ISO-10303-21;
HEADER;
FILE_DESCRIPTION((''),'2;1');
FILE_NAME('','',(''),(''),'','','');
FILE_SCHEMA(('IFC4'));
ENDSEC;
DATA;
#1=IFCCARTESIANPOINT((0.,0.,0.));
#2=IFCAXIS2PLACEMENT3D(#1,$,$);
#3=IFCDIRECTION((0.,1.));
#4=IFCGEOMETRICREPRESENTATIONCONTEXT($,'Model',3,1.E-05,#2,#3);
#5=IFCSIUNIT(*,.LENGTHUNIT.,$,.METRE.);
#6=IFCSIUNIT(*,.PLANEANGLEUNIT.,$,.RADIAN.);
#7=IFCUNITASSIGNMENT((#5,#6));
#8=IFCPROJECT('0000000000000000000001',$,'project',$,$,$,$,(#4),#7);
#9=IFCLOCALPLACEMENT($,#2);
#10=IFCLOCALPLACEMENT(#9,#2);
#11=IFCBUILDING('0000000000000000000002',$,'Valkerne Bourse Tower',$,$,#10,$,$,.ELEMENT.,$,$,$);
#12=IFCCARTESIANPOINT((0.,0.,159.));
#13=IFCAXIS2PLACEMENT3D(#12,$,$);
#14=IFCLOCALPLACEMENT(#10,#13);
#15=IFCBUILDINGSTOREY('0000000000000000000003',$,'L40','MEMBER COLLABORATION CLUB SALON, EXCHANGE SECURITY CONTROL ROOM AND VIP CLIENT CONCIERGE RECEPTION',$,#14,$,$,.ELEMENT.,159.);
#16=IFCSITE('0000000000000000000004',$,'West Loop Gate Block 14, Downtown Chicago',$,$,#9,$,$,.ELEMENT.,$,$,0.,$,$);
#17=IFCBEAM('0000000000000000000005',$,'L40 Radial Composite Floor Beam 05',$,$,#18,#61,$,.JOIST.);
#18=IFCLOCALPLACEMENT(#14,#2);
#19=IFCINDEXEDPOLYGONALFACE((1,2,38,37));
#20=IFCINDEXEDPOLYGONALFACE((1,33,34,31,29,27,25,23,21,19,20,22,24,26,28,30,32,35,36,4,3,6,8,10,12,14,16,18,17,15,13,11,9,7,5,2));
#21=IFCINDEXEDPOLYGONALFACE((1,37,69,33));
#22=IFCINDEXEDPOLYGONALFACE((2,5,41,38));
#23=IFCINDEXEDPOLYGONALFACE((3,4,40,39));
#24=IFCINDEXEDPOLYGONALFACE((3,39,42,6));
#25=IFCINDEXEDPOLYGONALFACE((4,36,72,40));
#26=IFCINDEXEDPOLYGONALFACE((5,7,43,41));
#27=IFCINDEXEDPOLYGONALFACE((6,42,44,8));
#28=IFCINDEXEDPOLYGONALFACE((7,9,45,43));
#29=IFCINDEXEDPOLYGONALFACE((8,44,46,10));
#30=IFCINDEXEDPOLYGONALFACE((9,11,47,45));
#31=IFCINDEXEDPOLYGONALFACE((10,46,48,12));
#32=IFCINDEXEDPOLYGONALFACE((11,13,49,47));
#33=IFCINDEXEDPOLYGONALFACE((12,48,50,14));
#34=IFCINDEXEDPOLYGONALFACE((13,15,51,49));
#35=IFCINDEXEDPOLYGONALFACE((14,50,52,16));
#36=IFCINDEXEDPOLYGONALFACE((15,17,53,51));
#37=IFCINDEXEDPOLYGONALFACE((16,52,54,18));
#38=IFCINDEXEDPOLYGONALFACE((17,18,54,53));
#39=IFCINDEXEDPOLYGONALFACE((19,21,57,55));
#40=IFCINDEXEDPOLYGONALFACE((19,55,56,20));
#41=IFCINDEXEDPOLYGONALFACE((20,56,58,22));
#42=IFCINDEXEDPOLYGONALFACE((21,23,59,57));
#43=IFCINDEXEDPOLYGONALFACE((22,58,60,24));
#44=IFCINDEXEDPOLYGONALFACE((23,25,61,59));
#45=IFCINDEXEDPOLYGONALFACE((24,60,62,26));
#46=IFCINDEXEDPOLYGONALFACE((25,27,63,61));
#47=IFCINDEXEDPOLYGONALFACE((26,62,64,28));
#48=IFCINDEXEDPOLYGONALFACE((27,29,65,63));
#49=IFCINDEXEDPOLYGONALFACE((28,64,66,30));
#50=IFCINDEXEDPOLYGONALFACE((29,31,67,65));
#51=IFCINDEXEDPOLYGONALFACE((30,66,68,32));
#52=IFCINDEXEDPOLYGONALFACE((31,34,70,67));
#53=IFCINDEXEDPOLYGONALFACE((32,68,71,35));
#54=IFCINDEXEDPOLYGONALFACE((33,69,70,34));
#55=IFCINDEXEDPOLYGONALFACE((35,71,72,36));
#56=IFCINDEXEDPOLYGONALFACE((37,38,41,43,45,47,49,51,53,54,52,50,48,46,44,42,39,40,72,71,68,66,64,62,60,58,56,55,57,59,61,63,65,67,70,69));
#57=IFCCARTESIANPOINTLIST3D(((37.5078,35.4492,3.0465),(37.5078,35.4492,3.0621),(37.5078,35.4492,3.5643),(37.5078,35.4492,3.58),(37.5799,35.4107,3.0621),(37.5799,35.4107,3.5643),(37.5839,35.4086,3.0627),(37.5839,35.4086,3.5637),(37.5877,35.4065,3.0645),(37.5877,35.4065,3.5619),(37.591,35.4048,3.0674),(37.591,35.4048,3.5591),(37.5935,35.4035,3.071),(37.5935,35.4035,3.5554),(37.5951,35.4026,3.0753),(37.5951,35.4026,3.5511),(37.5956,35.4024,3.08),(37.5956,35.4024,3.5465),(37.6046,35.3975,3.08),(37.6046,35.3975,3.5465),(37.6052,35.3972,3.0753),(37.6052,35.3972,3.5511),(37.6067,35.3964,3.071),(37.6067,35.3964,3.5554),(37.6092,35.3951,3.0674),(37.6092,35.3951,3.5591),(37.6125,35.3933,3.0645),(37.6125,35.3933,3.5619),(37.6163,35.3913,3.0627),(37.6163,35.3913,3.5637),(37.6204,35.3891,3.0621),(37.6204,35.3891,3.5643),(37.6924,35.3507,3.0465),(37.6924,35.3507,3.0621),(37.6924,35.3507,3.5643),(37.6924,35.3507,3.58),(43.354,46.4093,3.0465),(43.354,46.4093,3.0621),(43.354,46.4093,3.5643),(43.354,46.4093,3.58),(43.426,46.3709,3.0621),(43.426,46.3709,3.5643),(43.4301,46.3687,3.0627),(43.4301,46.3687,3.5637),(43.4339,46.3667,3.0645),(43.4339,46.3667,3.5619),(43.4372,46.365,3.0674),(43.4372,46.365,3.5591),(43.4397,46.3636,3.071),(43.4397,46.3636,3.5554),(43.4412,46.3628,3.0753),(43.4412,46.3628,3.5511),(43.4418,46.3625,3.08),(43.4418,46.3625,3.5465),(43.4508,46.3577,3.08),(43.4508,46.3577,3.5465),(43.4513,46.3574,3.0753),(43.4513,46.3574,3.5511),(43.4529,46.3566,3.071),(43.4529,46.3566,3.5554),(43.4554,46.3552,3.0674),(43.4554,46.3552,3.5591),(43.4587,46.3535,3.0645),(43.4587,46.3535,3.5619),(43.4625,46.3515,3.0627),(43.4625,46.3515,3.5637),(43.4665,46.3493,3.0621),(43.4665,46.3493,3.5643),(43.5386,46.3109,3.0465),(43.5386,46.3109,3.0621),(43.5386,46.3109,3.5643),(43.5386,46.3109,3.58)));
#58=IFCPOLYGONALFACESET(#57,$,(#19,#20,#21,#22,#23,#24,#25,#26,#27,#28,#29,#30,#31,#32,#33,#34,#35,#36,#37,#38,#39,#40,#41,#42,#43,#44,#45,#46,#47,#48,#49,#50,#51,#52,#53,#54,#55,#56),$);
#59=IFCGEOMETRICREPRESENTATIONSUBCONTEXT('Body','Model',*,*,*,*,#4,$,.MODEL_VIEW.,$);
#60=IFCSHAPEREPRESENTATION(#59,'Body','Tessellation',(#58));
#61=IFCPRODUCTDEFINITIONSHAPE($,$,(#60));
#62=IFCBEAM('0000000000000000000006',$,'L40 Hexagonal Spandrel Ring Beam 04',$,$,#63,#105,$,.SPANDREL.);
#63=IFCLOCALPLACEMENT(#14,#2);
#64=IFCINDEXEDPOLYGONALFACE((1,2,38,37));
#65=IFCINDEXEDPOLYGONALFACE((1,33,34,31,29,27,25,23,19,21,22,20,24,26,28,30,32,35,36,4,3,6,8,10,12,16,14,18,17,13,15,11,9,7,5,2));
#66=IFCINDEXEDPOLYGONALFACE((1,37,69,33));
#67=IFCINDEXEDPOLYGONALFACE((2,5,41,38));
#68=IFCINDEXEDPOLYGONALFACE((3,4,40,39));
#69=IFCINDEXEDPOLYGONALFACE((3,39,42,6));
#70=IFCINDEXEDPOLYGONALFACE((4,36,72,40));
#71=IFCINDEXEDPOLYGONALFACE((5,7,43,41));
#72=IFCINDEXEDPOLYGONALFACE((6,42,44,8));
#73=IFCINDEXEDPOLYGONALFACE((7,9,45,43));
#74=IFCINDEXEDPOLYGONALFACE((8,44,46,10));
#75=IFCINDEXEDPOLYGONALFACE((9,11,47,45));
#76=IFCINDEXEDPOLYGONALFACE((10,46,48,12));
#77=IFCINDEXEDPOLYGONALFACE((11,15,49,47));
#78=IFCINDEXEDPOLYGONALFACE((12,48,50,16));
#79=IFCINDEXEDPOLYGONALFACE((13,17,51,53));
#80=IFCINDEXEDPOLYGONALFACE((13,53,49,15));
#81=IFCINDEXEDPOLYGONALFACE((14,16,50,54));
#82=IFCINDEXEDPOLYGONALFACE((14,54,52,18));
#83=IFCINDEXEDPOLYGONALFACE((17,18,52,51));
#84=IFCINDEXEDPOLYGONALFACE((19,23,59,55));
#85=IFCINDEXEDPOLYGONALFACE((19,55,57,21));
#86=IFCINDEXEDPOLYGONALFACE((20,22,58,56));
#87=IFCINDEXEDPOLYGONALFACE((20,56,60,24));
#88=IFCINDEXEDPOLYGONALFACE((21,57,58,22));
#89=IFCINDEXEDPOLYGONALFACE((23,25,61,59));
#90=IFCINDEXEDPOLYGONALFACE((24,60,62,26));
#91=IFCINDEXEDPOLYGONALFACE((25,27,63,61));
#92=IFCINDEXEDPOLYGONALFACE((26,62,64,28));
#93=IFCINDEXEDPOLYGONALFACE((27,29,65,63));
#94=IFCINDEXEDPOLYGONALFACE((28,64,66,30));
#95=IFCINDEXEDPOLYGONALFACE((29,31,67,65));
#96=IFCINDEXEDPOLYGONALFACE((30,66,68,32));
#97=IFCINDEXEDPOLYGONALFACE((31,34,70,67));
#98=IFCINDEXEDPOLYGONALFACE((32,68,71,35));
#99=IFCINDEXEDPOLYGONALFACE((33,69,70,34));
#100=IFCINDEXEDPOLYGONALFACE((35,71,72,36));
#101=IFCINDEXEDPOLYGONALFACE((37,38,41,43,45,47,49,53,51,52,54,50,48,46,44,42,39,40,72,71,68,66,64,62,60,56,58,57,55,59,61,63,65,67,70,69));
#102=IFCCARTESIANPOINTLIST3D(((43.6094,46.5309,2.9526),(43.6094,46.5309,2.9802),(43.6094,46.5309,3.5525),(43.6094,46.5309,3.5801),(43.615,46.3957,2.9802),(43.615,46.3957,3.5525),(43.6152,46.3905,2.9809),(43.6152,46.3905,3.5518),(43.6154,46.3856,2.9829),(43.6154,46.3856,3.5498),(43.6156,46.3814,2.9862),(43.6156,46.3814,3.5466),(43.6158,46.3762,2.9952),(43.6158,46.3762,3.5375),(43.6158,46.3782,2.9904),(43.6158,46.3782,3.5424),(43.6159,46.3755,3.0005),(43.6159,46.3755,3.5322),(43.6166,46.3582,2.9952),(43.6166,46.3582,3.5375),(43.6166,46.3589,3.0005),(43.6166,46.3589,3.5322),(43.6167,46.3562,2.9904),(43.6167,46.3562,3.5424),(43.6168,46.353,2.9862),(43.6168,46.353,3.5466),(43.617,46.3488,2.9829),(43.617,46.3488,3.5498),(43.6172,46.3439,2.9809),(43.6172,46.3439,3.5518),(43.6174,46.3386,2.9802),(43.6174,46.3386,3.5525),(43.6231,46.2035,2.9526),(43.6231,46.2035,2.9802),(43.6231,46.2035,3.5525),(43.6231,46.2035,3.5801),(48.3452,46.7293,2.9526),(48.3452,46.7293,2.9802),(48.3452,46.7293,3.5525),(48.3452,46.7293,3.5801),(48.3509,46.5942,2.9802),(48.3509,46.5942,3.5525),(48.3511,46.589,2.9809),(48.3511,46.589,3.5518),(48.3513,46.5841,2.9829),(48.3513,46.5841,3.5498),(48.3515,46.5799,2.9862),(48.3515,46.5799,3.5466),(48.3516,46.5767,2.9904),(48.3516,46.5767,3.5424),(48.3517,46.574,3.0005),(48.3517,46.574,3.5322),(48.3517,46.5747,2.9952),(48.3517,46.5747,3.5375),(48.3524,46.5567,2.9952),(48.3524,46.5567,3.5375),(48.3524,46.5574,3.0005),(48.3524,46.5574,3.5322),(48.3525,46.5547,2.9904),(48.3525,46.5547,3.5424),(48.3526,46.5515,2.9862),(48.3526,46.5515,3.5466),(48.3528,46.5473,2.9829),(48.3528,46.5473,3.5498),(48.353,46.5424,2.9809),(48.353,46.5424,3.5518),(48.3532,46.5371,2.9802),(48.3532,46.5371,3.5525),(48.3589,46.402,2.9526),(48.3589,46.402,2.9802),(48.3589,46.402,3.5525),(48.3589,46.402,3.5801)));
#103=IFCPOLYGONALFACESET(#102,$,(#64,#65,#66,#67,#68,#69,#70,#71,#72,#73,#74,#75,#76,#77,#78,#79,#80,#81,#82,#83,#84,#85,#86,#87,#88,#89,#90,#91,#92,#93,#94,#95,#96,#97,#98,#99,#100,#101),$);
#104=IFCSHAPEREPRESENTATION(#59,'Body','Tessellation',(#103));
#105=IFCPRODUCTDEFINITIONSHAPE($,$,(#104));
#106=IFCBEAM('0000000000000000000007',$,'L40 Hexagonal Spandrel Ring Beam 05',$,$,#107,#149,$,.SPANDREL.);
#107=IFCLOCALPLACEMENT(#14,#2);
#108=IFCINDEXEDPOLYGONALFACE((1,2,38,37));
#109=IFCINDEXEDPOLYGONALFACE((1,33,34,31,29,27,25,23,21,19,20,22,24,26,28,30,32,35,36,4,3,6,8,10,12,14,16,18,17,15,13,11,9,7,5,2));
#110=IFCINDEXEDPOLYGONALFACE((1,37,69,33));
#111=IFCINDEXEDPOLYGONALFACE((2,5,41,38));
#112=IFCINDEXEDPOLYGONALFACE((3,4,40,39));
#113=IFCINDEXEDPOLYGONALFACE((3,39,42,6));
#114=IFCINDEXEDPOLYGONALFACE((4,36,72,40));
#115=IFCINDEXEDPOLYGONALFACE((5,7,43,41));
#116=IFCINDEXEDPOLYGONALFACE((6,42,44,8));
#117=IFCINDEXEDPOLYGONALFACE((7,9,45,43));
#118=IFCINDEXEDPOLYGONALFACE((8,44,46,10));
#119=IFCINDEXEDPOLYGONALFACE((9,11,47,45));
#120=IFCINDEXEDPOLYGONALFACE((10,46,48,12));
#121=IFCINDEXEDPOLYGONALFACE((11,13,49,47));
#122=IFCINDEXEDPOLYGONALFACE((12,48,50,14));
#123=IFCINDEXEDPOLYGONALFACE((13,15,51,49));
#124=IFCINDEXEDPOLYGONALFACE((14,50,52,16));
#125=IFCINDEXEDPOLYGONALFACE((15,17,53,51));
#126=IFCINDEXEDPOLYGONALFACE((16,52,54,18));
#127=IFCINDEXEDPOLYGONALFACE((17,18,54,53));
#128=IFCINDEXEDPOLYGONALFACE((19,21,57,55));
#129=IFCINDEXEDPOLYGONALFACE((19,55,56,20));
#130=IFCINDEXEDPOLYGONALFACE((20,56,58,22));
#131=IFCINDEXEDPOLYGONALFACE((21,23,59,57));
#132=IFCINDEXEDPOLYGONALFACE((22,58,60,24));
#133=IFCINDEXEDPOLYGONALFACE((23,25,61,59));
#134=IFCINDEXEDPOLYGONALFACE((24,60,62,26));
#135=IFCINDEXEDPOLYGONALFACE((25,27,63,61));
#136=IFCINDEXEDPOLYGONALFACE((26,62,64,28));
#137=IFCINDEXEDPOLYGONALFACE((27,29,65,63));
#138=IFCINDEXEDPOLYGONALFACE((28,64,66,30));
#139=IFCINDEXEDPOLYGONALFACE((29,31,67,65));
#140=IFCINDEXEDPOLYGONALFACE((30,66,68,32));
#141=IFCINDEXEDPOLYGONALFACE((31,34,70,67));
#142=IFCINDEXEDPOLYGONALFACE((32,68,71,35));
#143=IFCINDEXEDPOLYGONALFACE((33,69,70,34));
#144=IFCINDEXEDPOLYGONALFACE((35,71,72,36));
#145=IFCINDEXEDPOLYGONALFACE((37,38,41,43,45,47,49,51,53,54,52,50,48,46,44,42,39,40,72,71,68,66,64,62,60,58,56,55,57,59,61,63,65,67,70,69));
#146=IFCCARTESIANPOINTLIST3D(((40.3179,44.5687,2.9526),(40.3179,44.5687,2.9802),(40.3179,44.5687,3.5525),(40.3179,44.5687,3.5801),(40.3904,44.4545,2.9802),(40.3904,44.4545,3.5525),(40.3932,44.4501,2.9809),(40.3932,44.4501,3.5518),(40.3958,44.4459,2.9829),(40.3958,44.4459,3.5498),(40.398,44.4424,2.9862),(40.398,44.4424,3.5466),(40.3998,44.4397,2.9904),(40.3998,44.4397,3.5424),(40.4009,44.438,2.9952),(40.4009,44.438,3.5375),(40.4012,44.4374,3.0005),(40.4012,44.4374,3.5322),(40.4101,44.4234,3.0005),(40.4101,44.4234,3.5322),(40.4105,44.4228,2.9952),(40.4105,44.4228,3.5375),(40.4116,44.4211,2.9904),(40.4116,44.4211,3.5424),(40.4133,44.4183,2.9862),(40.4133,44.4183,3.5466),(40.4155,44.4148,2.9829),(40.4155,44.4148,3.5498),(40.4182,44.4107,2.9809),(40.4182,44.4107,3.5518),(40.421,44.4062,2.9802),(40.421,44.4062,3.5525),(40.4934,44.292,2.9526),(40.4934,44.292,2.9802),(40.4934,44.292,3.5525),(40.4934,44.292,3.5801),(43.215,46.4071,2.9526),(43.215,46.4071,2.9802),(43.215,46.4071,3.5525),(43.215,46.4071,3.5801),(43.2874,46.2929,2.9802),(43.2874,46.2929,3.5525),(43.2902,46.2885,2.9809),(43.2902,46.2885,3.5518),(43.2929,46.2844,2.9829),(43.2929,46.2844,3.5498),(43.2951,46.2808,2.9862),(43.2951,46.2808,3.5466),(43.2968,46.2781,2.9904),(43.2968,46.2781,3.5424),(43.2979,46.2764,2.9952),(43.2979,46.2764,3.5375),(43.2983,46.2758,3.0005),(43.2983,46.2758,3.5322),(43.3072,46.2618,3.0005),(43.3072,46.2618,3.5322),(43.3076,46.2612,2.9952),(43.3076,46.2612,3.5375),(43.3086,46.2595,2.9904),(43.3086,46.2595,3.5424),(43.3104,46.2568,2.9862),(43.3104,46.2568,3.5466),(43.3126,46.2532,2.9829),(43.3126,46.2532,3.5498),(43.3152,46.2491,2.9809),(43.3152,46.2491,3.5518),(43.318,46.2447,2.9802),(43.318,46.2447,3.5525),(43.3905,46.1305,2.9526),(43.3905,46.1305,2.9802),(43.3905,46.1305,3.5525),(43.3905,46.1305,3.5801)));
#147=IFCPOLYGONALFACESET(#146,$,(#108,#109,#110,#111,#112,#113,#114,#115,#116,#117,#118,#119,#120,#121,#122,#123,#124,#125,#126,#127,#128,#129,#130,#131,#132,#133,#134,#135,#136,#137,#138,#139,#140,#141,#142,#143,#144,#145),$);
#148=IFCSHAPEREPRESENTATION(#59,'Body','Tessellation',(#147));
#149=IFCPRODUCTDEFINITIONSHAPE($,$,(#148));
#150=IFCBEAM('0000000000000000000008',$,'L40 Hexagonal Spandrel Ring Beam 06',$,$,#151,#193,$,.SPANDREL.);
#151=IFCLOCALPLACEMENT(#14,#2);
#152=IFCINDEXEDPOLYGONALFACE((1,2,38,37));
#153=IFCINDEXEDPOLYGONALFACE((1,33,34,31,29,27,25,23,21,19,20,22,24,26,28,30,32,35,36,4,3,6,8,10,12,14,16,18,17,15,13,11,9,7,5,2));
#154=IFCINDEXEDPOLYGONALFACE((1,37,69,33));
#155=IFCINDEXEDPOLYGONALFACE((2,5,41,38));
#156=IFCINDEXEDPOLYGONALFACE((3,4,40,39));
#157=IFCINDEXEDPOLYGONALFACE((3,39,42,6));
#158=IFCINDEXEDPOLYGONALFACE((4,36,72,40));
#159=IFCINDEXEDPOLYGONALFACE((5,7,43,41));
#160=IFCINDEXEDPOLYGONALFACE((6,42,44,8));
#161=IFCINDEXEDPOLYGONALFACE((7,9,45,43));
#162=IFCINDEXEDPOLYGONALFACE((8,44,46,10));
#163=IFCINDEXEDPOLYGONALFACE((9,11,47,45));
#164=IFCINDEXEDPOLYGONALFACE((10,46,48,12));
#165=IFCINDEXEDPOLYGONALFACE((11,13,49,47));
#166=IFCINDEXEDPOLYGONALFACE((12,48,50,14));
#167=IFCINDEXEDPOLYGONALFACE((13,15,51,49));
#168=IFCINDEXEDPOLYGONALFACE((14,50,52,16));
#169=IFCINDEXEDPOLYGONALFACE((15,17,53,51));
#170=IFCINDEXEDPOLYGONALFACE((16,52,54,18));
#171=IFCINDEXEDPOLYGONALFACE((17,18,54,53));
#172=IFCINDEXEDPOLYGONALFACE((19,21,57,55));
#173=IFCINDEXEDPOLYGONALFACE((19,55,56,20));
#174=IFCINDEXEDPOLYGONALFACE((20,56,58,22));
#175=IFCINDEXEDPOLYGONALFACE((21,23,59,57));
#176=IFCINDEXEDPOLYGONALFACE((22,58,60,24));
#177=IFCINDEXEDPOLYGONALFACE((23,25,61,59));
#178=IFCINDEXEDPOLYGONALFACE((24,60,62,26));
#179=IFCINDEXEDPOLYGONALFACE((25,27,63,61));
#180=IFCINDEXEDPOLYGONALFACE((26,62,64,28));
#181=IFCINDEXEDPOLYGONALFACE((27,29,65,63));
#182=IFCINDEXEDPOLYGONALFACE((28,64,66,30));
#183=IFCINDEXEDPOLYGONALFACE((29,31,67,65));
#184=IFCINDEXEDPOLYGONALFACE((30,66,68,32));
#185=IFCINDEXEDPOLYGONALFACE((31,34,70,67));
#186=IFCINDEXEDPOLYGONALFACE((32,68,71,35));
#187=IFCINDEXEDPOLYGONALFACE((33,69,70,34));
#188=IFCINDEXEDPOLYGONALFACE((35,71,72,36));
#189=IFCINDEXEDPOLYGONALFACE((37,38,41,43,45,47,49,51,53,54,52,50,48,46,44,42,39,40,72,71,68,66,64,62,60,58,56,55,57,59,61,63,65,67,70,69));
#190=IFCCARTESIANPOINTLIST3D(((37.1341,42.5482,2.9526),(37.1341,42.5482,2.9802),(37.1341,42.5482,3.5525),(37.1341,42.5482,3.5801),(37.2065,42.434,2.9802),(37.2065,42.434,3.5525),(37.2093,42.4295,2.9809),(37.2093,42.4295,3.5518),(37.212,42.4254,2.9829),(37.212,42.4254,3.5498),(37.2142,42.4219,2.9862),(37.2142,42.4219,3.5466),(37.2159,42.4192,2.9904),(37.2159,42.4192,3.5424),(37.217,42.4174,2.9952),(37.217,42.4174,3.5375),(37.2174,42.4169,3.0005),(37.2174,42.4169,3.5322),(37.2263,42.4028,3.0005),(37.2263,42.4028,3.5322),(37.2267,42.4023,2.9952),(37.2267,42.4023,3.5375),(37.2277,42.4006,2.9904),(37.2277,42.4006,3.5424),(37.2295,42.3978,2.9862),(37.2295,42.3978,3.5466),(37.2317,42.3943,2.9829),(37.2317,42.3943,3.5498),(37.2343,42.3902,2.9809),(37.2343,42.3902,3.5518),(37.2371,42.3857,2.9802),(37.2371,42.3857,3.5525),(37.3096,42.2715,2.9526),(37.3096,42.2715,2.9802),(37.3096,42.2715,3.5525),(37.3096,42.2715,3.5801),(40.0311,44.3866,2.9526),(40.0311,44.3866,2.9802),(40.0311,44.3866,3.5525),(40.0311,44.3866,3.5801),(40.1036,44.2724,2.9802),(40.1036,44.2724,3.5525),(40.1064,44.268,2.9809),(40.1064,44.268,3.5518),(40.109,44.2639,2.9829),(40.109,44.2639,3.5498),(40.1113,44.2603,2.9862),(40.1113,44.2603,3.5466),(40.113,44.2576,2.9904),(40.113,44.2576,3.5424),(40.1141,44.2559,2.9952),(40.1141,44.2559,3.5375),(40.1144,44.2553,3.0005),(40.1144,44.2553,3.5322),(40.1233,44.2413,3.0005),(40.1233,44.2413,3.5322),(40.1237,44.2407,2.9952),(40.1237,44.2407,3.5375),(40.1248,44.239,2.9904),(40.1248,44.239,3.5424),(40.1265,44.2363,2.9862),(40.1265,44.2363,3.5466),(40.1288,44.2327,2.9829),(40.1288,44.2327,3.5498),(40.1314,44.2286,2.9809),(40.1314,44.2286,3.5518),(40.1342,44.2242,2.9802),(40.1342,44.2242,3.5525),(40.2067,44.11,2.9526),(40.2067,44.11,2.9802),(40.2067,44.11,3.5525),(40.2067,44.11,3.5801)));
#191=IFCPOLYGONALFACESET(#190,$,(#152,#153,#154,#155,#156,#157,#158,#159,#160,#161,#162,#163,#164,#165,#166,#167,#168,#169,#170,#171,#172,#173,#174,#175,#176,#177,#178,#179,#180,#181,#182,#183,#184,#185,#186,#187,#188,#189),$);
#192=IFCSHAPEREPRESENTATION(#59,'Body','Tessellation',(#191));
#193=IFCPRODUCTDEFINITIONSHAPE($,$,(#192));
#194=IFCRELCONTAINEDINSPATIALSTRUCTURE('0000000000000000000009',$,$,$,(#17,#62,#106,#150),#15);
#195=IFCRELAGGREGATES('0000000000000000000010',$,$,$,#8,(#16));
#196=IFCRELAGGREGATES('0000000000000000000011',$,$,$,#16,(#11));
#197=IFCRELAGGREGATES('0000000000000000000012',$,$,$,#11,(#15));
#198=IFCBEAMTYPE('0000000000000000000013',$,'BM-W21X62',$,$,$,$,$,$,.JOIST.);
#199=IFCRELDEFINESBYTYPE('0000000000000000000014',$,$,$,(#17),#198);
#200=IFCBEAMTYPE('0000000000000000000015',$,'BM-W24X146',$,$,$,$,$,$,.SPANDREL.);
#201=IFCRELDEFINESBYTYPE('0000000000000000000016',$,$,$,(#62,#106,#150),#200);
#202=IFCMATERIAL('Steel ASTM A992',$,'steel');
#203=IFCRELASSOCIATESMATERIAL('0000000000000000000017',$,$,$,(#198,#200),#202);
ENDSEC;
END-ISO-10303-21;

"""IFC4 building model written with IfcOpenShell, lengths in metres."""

from ifc_helpers import new_model, si_unit, direction, frame, origin, origin_2d, place, context, subcontext, project, spatial, i_section, extrude, material, material_profile, profile_set, type_object, element, save


model = new_model("IFC4")

# Units and contexts
model_context = context("Model", 3, precision=1e-05, world=origin(), true_north=direction((0.0, 1.0)))
body_context = subcontext(model_context, "Body", "Model", "MODEL_VIEW")
ifc_project = project(units=[si_unit("LENGTHUNIT", "METRE"), si_unit("PLANEANGLEUNIT", "RADIAN")], contexts=[model_context])

# Site, building, storey
site_placement = place(None, origin())
site = spatial("IfcSite", under=ifc_project, at=site_placement, Name="West Loop Gate Block 14, Downtown Chicago", CompositionType="ELEMENT", RefElevation=0.0)
building_placement = place(site_placement, origin())
building = spatial("IfcBuilding", under=site, at=building_placement, Name="Valkerne Bourse Tower", CompositionType="ELEMENT")
storey_placement = place(building_placement, frame((0.0, 0.0, 159.0)))
storey = spatial("IfcBuildingStorey", under=building, at=storey_placement, Name="L40", Description="MEMBER COLLABORATION CLUB SALON, EXCHANGE SECURITY CONTROL ROOM AND VIP CLIENT CONCIERGE RECEPTION", CompositionType="ELEMENT", Elevation=159.0)

# Beams
ifc_material_1 = material(Name="Steel ASTM A992", Category="steel")
ifc_material_profile_1 = material_profile(ifc_material_1, i_section(OverallWidth=0.2092, OverallDepth=0.5334, WebThickness=0.0103, FlangeThickness=0.0156, FilletRadius=0.0178, at=origin_2d()), Name="W21X62")
ifc_profile_set_1 = profile_set([ifc_material_profile_1], Name="Steel ASTM A992")
beam_type_1 = type_object("IfcBeamType", Name="BM-W21X62", PredefinedType="JOIST", material=ifc_profile_set_1)
beam_1_placement = place(storey_placement, frame((43.4463, 46.3601, 3.3132), z_axis=(-0.470635, -0.882328, 0.0), x_axis=(0.882328, -0.470635, 0.0)))
element("IfcBeam", 1, at=beam_1_placement, inside=storey, type_object=beam_type_1, Name="L40 Radial Composite Floor Beam 05", PredefinedType="JOIST", context=body_context, shape_type="SweptSolid", body=[
    extrude(i_section(OverallWidth=0.2092, OverallDepth=0.5334, WebThickness=0.0103, FlangeThickness=0.0156, FilletRadius=0.0178, at=origin_2d()), origin(), (0.0, 0.0, 1.0), 12.4219),
])
ifc_material_profile_2 = material_profile(ifc_material_1, i_section(OverallWidth=0.3276, OverallDepth=0.6274, WebThickness=0.0166, FlangeThickness=0.0276, FilletRadius=0.0203, at=origin_2d()), Name="W24X146")
ifc_profile_set_2 = profile_set([ifc_material_profile_2], Name="Steel ASTM A992")
beam_type_2 = type_object("IfcBeamType", Name="BM-W24X146", PredefinedType="SPANDREL", material=ifc_profile_set_2)
beam_2_placement = place(storey_placement, frame((48.3521, 46.5657, 3.2664), z_axis=(-0.999123, -0.041875, 0.0), x_axis=(0.041875, -0.999123, 0.0)))
element("IfcBeam", 2, at=beam_2_placement, inside=storey, type_object=beam_type_2, Name="L40 Hexagonal Spandrel Ring Beam 04", PredefinedType="SPANDREL", context=body_context, shape_type="SweptSolid", body=[
    extrude(i_section(OverallWidth=0.3276, OverallDepth=0.6274, WebThickness=0.0166, FlangeThickness=0.0276, FilletRadius=0.0203, at=origin_2d()), origin(), (0.0, 0.0, 1.0), 4.74),
])
for number, where, z_axis, x_axis, name in (
    (3, (43.3027, 46.2688, 3.2664), (-0.844341, -0.535807, 0.0), (0.535807, -0.844341, 0.0), "L40 Hexagonal Spandrel Ring Beam 05"),
    (4, (40.1189, 44.2483, 3.2664), (-0.844341, -0.535807, 0.0), (0.535807, -0.844341, 0.0), "L40 Hexagonal Spandrel Ring Beam 06"),
):
    element("IfcBeam", number, at=place(storey_placement, frame(where, z_axis=z_axis, x_axis=x_axis)), inside=storey, type_object=beam_type_2, Name=name, PredefinedType="SPANDREL", context=body_context, shape_type="SweptSolid", body=[
        extrude(i_section(OverallWidth=0.3276, OverallDepth=0.6274, WebThickness=0.0166, FlangeThickness=0.0276, FilletRadius=0.0203, at=origin_2d()), origin(), (0.0, 0.0, 1.0), 3.4312),
    ])

save(model, "model.ifc")
